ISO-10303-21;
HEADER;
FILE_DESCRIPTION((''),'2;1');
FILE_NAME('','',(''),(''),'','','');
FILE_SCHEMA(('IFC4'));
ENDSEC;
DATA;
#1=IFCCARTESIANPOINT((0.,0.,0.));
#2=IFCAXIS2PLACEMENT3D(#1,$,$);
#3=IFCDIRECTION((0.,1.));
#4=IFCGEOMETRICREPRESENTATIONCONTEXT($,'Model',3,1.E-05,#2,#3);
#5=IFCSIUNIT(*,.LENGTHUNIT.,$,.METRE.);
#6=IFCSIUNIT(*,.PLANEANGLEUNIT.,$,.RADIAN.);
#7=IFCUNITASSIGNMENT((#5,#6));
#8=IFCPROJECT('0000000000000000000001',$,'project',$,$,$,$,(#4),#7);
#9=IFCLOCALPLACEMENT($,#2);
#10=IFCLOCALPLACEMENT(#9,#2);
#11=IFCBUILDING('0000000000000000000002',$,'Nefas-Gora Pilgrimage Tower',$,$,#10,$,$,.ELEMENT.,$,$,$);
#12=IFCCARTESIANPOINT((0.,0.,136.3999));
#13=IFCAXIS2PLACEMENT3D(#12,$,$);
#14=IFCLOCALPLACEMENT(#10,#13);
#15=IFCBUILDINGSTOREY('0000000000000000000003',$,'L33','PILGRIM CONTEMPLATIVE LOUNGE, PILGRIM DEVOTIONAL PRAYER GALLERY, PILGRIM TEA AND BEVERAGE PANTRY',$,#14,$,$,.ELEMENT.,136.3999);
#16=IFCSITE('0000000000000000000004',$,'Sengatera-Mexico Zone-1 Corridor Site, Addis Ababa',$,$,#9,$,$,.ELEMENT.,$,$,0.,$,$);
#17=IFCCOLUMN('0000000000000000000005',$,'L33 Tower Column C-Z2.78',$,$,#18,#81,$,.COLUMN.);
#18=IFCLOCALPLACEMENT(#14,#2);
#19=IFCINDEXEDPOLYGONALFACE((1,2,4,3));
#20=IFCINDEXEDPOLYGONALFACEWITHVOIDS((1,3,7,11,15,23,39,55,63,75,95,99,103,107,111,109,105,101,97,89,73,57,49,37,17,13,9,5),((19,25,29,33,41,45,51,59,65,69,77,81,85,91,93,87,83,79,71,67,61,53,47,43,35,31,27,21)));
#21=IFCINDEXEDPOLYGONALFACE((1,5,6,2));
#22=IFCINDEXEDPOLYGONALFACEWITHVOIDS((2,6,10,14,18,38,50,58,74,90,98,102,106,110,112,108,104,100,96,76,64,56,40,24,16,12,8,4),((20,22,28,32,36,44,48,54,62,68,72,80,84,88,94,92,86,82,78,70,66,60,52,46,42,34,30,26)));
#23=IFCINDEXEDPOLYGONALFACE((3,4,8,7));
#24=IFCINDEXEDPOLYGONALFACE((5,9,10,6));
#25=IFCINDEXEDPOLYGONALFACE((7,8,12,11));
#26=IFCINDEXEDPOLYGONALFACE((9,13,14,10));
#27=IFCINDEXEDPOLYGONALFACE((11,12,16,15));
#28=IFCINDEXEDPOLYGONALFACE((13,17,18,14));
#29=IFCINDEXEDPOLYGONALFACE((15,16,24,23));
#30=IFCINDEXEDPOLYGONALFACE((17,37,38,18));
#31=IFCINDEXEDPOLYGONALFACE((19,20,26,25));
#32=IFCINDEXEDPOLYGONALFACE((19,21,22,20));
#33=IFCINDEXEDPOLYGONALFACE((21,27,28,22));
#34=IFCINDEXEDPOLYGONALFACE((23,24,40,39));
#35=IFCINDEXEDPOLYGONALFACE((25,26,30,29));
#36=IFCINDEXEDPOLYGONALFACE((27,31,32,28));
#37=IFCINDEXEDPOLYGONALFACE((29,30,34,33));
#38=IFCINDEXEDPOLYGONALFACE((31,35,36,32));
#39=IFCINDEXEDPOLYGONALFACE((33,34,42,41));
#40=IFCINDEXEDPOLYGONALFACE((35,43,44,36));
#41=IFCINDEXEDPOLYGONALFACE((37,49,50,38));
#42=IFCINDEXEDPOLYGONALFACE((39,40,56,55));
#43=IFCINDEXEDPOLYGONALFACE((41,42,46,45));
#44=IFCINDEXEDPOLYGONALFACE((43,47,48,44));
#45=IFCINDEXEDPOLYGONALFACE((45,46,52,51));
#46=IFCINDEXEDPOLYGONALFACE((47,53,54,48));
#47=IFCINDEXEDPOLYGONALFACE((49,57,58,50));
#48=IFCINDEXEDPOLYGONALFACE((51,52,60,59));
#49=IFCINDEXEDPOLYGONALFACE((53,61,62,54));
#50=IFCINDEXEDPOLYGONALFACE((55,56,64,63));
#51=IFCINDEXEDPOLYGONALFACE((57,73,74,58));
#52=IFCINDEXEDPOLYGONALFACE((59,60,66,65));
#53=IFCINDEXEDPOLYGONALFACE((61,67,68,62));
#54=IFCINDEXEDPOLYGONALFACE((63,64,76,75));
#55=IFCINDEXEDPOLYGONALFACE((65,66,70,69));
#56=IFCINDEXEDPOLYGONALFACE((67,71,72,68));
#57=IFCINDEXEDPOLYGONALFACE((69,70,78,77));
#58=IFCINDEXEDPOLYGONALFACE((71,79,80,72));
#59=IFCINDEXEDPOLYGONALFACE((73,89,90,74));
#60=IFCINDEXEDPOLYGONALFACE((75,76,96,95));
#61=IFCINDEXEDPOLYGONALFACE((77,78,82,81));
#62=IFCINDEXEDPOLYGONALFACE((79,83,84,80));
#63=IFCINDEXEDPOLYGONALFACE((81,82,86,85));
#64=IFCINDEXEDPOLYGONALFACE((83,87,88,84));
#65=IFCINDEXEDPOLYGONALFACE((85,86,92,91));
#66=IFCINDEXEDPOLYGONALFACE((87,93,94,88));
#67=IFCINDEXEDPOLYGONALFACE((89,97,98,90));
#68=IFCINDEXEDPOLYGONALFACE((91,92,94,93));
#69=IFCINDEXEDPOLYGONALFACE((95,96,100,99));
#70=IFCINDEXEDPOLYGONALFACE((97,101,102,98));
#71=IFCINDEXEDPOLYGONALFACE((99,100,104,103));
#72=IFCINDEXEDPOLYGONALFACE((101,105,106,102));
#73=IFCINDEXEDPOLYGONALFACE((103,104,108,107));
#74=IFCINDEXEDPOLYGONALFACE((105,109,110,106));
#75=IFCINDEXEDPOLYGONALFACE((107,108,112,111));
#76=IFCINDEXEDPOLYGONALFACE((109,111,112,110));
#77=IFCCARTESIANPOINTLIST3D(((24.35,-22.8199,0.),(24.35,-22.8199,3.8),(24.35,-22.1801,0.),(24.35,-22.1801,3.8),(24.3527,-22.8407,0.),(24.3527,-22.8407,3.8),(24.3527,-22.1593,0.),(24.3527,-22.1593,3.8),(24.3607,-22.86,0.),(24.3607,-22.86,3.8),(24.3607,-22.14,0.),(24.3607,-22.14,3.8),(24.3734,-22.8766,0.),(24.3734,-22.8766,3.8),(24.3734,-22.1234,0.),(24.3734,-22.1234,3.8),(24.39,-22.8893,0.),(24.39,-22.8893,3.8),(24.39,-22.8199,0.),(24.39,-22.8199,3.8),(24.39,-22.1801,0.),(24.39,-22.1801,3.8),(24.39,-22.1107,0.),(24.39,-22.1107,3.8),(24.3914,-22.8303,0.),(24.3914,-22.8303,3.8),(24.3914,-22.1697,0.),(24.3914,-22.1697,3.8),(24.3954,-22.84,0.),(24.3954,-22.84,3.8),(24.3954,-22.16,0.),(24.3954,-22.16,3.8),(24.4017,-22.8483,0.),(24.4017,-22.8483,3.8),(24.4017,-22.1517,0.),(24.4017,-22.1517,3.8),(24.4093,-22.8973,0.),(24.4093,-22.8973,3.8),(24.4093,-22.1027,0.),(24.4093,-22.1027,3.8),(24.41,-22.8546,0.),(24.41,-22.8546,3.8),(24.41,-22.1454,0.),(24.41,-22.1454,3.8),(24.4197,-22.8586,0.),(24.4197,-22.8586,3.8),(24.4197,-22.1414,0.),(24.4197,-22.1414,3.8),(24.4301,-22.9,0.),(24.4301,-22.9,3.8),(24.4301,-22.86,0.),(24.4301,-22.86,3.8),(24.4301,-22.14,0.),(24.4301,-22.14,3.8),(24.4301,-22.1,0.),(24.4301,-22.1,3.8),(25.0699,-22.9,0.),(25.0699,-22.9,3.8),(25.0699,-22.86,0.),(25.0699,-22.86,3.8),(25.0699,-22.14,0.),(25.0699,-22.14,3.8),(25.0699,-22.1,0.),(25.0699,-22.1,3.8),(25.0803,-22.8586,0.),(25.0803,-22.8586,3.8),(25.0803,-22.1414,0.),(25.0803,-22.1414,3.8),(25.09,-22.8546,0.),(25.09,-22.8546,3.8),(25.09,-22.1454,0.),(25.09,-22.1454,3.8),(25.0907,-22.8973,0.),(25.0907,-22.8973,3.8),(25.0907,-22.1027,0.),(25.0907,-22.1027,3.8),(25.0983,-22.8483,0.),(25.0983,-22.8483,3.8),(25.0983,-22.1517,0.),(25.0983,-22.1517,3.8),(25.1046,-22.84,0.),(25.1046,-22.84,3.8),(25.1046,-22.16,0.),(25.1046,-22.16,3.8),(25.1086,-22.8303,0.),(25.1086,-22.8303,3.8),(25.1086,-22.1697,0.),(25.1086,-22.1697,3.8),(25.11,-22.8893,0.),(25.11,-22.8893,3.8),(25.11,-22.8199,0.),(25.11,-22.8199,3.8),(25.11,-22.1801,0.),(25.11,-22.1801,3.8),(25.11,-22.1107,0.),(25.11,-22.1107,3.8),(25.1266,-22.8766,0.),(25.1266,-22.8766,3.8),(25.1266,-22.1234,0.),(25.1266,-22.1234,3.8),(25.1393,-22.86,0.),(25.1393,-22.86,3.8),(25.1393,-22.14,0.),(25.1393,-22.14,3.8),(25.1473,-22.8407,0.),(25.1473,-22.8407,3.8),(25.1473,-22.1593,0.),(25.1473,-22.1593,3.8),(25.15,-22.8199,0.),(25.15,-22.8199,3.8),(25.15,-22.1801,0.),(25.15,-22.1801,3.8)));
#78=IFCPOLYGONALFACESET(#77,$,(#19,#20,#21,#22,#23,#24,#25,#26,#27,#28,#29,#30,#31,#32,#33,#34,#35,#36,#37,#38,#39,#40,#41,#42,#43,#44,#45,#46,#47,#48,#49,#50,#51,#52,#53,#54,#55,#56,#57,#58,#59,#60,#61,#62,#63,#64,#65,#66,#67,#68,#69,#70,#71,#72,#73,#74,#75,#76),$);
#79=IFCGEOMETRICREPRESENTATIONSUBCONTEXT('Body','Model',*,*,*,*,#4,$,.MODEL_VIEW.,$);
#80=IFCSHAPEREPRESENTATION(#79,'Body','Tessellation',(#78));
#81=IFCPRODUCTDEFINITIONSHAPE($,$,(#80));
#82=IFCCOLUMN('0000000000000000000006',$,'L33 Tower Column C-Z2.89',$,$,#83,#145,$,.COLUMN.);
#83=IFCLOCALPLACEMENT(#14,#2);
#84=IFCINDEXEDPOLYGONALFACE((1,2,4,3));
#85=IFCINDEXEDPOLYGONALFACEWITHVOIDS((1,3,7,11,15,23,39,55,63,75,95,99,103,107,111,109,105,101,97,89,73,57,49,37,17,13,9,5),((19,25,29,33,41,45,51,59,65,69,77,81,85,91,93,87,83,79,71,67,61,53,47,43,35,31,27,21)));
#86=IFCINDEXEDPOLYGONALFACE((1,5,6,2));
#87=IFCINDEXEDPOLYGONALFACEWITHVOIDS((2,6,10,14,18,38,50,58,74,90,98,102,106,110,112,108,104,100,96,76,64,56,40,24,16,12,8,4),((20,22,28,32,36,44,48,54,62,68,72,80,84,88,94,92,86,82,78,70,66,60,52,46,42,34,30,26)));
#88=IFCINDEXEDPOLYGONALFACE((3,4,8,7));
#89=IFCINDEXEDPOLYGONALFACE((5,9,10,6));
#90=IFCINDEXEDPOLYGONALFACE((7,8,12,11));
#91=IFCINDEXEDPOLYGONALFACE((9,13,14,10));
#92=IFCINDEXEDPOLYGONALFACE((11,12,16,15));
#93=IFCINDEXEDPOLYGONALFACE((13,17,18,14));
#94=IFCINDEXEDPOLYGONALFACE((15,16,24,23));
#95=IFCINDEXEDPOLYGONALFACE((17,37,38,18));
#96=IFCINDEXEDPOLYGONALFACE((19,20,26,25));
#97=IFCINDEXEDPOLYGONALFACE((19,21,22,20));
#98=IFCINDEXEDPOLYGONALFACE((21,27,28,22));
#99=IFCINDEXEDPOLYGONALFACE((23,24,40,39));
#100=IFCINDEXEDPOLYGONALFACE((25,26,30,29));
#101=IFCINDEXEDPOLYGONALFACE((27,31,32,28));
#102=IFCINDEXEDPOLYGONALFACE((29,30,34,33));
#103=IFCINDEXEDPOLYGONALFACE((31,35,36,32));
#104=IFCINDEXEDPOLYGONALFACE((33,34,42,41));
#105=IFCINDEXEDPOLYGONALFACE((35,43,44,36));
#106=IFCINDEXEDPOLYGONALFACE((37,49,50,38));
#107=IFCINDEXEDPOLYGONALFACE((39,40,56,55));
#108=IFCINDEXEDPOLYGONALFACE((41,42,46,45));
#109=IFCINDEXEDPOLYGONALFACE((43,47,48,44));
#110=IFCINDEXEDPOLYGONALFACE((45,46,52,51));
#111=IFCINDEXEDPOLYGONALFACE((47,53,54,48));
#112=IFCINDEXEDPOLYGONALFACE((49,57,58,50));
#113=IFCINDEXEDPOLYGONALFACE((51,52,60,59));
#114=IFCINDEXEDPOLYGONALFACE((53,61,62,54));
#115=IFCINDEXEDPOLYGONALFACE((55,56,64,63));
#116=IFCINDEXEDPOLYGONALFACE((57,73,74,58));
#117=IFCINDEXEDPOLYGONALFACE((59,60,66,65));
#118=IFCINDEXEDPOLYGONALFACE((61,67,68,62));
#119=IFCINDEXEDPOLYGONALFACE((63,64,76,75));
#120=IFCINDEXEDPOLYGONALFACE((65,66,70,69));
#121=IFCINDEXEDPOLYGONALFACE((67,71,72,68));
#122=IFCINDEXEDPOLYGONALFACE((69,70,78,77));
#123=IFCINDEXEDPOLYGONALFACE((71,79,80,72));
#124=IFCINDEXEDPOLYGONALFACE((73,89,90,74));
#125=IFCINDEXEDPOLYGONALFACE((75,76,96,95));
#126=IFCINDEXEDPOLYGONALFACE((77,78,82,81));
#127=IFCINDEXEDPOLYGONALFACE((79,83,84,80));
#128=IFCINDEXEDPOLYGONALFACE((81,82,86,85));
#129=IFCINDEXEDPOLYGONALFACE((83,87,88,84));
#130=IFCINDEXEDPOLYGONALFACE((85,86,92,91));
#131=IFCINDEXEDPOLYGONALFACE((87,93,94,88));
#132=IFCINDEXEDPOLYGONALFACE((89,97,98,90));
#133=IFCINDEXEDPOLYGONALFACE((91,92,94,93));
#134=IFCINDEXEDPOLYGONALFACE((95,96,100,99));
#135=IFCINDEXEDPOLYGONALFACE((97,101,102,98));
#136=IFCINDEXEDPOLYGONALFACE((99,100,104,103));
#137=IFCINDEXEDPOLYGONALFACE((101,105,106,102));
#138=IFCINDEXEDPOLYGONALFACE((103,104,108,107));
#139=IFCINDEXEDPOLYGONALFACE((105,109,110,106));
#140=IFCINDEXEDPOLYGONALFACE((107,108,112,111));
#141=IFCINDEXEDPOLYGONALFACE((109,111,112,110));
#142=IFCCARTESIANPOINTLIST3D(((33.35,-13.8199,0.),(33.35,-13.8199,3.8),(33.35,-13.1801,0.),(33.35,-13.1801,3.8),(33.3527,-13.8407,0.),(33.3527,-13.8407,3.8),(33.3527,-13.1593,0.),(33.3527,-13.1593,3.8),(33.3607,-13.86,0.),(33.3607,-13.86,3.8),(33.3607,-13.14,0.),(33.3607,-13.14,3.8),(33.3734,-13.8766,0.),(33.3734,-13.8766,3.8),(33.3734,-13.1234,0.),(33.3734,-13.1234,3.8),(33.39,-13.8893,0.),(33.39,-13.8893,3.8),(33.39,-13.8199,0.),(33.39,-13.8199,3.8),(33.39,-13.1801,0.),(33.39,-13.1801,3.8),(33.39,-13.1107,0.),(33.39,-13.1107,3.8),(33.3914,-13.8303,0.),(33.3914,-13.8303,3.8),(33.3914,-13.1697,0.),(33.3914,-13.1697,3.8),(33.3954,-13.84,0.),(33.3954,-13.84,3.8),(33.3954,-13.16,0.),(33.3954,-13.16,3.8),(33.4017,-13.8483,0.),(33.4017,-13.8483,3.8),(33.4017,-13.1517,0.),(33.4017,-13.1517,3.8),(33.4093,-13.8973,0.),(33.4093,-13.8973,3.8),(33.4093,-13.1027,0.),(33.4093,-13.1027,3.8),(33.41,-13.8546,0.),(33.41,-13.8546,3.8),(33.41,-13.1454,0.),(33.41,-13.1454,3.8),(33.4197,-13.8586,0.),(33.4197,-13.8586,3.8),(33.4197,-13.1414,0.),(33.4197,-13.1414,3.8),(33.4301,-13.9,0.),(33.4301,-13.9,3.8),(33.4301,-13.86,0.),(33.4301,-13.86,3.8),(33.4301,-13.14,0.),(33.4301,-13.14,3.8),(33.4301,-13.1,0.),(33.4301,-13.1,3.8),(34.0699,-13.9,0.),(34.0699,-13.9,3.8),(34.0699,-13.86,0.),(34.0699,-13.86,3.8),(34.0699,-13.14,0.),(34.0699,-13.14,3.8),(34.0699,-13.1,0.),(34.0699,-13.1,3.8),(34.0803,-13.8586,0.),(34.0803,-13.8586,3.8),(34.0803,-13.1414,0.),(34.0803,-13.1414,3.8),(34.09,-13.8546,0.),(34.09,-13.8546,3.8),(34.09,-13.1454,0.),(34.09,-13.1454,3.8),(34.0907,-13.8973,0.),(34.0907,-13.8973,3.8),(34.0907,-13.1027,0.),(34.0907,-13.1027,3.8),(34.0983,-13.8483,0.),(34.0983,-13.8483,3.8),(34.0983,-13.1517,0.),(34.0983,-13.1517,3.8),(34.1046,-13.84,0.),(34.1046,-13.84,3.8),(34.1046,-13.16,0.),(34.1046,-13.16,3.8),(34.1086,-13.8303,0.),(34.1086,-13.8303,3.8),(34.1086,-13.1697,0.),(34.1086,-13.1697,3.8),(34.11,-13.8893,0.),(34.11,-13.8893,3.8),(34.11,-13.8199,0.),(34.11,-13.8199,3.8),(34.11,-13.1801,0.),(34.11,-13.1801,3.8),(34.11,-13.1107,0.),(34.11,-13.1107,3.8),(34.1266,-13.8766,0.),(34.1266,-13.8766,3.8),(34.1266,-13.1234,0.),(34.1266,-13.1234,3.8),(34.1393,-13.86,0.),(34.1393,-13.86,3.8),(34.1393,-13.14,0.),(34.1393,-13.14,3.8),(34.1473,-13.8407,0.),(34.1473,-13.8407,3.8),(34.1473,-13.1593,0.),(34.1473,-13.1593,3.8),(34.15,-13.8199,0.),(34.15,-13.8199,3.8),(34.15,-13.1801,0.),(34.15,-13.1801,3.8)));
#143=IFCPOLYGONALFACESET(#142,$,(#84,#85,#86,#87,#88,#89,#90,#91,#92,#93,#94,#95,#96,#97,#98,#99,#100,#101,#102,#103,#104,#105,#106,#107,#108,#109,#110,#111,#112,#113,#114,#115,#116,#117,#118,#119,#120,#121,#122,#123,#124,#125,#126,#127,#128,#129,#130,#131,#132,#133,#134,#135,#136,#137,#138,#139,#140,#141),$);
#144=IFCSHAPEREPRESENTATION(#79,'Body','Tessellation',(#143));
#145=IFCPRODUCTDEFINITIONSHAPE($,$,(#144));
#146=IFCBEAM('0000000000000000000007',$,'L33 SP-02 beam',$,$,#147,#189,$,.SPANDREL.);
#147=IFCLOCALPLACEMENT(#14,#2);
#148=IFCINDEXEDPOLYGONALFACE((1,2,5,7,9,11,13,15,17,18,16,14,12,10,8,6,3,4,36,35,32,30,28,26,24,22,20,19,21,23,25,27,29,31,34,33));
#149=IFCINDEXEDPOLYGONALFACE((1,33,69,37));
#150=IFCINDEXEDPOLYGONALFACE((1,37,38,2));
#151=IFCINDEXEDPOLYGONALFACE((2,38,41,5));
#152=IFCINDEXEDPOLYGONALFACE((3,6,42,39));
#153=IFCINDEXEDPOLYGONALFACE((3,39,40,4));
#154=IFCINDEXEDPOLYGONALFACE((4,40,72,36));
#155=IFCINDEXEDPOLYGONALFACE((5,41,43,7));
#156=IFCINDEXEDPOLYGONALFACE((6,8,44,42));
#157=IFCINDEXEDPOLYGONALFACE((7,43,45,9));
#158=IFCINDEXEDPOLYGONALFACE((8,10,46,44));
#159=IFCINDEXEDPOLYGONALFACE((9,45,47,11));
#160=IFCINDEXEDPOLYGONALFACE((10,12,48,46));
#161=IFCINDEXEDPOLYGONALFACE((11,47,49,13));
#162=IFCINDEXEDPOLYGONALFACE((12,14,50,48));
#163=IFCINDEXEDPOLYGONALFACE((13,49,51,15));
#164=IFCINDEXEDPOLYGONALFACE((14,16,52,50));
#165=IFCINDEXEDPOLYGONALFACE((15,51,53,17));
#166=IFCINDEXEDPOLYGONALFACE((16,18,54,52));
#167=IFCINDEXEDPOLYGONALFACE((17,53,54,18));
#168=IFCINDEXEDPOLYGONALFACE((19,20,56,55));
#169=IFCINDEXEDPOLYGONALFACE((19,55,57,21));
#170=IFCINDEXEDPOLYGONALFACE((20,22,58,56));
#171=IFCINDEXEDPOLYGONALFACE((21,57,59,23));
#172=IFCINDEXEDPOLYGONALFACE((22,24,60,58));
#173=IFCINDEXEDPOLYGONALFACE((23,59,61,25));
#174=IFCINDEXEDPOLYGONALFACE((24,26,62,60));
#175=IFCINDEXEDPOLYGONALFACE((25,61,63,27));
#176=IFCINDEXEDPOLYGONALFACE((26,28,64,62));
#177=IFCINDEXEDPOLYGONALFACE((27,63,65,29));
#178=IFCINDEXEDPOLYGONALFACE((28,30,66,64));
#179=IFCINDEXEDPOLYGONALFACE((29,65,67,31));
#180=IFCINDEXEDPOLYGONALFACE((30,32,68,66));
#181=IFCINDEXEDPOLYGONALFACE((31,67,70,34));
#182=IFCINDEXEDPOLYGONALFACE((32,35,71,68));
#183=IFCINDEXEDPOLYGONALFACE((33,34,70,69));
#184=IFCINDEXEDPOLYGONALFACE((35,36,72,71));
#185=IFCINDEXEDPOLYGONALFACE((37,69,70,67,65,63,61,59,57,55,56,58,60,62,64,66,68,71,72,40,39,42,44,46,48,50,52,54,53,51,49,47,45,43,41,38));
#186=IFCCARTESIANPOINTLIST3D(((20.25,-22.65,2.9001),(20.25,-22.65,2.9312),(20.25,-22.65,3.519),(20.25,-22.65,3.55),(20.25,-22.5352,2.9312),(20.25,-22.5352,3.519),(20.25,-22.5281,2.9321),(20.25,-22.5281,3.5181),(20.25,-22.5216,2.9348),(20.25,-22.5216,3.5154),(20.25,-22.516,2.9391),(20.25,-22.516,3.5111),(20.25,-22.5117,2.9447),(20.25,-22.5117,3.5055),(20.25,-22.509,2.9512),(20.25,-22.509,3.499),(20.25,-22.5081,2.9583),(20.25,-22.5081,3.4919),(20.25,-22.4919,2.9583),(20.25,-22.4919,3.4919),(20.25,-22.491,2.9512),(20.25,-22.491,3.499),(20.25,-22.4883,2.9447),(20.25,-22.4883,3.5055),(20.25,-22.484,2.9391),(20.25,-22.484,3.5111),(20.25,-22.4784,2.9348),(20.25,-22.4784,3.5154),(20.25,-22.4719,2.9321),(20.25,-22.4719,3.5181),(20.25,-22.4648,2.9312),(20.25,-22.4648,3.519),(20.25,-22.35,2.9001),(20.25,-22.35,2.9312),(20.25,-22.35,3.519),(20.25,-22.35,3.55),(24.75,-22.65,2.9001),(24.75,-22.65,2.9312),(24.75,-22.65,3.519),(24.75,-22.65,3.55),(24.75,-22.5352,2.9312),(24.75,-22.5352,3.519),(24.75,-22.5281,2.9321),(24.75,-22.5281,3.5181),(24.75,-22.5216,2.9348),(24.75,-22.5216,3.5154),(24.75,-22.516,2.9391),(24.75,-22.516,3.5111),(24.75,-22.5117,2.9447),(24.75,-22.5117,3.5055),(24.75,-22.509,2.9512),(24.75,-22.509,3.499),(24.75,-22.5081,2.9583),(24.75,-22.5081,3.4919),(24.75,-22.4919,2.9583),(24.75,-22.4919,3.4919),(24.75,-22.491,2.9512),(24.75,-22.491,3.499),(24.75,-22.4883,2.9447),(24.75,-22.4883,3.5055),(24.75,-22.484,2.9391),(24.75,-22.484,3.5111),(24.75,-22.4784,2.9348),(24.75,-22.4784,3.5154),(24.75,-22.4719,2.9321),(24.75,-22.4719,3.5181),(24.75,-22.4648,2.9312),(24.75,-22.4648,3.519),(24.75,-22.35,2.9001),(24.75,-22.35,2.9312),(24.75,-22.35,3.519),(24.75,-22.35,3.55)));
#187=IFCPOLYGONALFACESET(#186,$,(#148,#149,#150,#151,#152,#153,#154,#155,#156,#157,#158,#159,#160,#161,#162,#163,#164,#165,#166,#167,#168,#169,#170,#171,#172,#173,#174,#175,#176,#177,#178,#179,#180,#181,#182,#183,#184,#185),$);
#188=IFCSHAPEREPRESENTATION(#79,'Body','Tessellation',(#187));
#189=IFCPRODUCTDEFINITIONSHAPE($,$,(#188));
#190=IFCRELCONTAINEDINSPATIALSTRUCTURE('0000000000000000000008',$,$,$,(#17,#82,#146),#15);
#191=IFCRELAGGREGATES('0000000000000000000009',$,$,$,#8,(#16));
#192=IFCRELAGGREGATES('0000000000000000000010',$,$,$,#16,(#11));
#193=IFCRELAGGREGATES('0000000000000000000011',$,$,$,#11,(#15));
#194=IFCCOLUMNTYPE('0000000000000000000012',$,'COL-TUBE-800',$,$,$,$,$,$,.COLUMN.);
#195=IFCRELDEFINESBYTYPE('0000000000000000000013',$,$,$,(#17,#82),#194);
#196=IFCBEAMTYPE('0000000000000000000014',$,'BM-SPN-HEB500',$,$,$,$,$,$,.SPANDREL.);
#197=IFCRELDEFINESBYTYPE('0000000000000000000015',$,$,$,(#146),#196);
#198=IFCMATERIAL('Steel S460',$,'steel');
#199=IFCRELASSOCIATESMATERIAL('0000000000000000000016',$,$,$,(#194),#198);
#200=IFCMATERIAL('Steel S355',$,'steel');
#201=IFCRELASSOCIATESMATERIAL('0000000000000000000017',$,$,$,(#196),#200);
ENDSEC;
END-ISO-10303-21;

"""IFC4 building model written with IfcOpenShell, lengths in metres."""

from ifc_helpers import new_model, si_unit, direction, frame, origin, origin_2d, place, context, subcontext, project, spatial, hollow_rectangle, i_section, extrude, source, transform, mapped, material, material_profile, profile_set, type_object, element, save


model = new_model("IFC4")

# Units and contexts
model_context = context("Model", 3, precision=1e-05, world=origin(), true_north=direction((0.0, 1.0)))
body_context = subcontext(model_context, "Body", "Model", "MODEL_VIEW")
ifc_project = project(units=[si_unit("LENGTHUNIT", "METRE"), si_unit("PLANEANGLEUNIT", "RADIAN")], contexts=[model_context])

# Site, building, storey
site_placement = place(None, origin())
site = spatial("IfcSite", under=ifc_project, at=site_placement, Name="Sengatera-Mexico Zone-1 Corridor Site, Addis Ababa", CompositionType="ELEMENT", RefElevation=0.0)
building_placement = place(site_placement, origin())
building = spatial("IfcBuilding", under=site, at=building_placement, Name="Nefas-Gora Pilgrimage Tower", CompositionType="ELEMENT")
storey_placement = place(building_placement, frame((0.0, 0.0, 136.3999)))
storey = spatial("IfcBuildingStorey", under=building, at=storey_placement, Name="L33", Description="PILGRIM CONTEMPLATIVE LOUNGE, PILGRIM DEVOTIONAL PRAYER GALLERY, PILGRIM TEA AND BEVERAGE PANTRY", CompositionType="ELEMENT", Elevation=136.3999)

# Columns
ifc_material_1 = material(Name="Steel S460", Category="steel")
ifc_material_profile_1 = material_profile(ifc_material_1, hollow_rectangle(XDim=0.8, YDim=0.8, WallThickness=0.04, InnerFilletRadius=0.04, OuterFilletRadius=0.0801, at=origin_2d()), Name="BOX 800x800x40")
ifc_profile_set_1 = profile_set([ifc_material_profile_1], Name="Steel S460")
column_type_1 = type_object("IfcColumnType", Name="COL-TUBE-800", PredefinedType="COLUMN", material=ifc_profile_set_1)
shared_shape_1 = source(origin(), body_context, "Body", "SweptSolid", [
    extrude(hollow_rectangle(XDim=0.8, YDim=0.8, WallThickness=0.04, InnerFilletRadius=0.04, OuterFilletRadius=0.0801, at=origin_2d()), origin(), (0.0, 0.0, 1.0), 3.8),
])
for number, where, z_axis, x_axis, name in (
    (1, (24.75, -22.5, 0.0), (0.0, 0.0, 1.0), (1.0, 0.0, 0.0), "L33 Tower Column C-Z2.78"),
    (2, (33.75, -13.5, 0.0), (0.0, 0.0, 1.0), (1.0, 0.0, 0.0), "L33 Tower Column C-Z2.89"),
):
    element("IfcColumn", number, at=place(storey_placement, frame(where, z_axis=z_axis, x_axis=x_axis)), inside=storey, type_object=column_type_1, Name=name, PredefinedType="COLUMN", context=body_context, shape_type="MappedRepresentation", body=[
        mapped(shared_shape_1, transform((0.0, 0.0, 0.0), x_axis=(1.0, 0.0, 0.0), y_axis=(0.0, 1.0, 0.0), z_axis=(0.0, 0.0, 1.0), scale=1.0)),
    ])

# Beam
ifc_material_2 = material(Name="Steel S355", Category="steel")
ifc_material_profile_2 = material_profile(ifc_material_2, i_section(OverallWidth=0.3, OverallDepth=0.6499, WebThickness=0.0161, FlangeThickness=0.031, FilletRadius=0.0271, at=origin_2d()), Name="HEB 650")
ifc_profile_set_2 = profile_set([ifc_material_profile_2], Name="Steel S355")
beam_type_1 = type_object("IfcBeamType", Name="BM-SPN-HEB500", PredefinedType="SPANDREL", material=ifc_profile_set_2)
shared_shape_2 = source(origin(), body_context, "Body", "SweptSolid", [
    extrude(i_section(OverallWidth=0.3, OverallDepth=0.6499, WebThickness=0.0161, FlangeThickness=0.031, FilletRadius=0.0271, at=origin_2d()), origin(), (0.0, 0.0, 1.0), 4.5),
])
beam_1_placement = place(storey_placement, frame((20.25, -22.5, 3.2251), z_axis=(1.0, 0.0, 0.0), x_axis=(0.0, 1.0, 0.0)))
element("IfcBeam", 3, at=beam_1_placement, inside=storey, type_object=beam_type_1, Name="L33 SP-02 beam", PredefinedType="SPANDREL", context=body_context, shape_type="MappedRepresentation", body=[
    mapped(shared_shape_2, transform((0.0, 0.0, 0.0), x_axis=(1.0, 0.0, 0.0), y_axis=(0.0, 1.0, 0.0), z_axis=(0.0, 0.0, 1.0), scale=1.0)),
])

save(model, "model.ifc")
